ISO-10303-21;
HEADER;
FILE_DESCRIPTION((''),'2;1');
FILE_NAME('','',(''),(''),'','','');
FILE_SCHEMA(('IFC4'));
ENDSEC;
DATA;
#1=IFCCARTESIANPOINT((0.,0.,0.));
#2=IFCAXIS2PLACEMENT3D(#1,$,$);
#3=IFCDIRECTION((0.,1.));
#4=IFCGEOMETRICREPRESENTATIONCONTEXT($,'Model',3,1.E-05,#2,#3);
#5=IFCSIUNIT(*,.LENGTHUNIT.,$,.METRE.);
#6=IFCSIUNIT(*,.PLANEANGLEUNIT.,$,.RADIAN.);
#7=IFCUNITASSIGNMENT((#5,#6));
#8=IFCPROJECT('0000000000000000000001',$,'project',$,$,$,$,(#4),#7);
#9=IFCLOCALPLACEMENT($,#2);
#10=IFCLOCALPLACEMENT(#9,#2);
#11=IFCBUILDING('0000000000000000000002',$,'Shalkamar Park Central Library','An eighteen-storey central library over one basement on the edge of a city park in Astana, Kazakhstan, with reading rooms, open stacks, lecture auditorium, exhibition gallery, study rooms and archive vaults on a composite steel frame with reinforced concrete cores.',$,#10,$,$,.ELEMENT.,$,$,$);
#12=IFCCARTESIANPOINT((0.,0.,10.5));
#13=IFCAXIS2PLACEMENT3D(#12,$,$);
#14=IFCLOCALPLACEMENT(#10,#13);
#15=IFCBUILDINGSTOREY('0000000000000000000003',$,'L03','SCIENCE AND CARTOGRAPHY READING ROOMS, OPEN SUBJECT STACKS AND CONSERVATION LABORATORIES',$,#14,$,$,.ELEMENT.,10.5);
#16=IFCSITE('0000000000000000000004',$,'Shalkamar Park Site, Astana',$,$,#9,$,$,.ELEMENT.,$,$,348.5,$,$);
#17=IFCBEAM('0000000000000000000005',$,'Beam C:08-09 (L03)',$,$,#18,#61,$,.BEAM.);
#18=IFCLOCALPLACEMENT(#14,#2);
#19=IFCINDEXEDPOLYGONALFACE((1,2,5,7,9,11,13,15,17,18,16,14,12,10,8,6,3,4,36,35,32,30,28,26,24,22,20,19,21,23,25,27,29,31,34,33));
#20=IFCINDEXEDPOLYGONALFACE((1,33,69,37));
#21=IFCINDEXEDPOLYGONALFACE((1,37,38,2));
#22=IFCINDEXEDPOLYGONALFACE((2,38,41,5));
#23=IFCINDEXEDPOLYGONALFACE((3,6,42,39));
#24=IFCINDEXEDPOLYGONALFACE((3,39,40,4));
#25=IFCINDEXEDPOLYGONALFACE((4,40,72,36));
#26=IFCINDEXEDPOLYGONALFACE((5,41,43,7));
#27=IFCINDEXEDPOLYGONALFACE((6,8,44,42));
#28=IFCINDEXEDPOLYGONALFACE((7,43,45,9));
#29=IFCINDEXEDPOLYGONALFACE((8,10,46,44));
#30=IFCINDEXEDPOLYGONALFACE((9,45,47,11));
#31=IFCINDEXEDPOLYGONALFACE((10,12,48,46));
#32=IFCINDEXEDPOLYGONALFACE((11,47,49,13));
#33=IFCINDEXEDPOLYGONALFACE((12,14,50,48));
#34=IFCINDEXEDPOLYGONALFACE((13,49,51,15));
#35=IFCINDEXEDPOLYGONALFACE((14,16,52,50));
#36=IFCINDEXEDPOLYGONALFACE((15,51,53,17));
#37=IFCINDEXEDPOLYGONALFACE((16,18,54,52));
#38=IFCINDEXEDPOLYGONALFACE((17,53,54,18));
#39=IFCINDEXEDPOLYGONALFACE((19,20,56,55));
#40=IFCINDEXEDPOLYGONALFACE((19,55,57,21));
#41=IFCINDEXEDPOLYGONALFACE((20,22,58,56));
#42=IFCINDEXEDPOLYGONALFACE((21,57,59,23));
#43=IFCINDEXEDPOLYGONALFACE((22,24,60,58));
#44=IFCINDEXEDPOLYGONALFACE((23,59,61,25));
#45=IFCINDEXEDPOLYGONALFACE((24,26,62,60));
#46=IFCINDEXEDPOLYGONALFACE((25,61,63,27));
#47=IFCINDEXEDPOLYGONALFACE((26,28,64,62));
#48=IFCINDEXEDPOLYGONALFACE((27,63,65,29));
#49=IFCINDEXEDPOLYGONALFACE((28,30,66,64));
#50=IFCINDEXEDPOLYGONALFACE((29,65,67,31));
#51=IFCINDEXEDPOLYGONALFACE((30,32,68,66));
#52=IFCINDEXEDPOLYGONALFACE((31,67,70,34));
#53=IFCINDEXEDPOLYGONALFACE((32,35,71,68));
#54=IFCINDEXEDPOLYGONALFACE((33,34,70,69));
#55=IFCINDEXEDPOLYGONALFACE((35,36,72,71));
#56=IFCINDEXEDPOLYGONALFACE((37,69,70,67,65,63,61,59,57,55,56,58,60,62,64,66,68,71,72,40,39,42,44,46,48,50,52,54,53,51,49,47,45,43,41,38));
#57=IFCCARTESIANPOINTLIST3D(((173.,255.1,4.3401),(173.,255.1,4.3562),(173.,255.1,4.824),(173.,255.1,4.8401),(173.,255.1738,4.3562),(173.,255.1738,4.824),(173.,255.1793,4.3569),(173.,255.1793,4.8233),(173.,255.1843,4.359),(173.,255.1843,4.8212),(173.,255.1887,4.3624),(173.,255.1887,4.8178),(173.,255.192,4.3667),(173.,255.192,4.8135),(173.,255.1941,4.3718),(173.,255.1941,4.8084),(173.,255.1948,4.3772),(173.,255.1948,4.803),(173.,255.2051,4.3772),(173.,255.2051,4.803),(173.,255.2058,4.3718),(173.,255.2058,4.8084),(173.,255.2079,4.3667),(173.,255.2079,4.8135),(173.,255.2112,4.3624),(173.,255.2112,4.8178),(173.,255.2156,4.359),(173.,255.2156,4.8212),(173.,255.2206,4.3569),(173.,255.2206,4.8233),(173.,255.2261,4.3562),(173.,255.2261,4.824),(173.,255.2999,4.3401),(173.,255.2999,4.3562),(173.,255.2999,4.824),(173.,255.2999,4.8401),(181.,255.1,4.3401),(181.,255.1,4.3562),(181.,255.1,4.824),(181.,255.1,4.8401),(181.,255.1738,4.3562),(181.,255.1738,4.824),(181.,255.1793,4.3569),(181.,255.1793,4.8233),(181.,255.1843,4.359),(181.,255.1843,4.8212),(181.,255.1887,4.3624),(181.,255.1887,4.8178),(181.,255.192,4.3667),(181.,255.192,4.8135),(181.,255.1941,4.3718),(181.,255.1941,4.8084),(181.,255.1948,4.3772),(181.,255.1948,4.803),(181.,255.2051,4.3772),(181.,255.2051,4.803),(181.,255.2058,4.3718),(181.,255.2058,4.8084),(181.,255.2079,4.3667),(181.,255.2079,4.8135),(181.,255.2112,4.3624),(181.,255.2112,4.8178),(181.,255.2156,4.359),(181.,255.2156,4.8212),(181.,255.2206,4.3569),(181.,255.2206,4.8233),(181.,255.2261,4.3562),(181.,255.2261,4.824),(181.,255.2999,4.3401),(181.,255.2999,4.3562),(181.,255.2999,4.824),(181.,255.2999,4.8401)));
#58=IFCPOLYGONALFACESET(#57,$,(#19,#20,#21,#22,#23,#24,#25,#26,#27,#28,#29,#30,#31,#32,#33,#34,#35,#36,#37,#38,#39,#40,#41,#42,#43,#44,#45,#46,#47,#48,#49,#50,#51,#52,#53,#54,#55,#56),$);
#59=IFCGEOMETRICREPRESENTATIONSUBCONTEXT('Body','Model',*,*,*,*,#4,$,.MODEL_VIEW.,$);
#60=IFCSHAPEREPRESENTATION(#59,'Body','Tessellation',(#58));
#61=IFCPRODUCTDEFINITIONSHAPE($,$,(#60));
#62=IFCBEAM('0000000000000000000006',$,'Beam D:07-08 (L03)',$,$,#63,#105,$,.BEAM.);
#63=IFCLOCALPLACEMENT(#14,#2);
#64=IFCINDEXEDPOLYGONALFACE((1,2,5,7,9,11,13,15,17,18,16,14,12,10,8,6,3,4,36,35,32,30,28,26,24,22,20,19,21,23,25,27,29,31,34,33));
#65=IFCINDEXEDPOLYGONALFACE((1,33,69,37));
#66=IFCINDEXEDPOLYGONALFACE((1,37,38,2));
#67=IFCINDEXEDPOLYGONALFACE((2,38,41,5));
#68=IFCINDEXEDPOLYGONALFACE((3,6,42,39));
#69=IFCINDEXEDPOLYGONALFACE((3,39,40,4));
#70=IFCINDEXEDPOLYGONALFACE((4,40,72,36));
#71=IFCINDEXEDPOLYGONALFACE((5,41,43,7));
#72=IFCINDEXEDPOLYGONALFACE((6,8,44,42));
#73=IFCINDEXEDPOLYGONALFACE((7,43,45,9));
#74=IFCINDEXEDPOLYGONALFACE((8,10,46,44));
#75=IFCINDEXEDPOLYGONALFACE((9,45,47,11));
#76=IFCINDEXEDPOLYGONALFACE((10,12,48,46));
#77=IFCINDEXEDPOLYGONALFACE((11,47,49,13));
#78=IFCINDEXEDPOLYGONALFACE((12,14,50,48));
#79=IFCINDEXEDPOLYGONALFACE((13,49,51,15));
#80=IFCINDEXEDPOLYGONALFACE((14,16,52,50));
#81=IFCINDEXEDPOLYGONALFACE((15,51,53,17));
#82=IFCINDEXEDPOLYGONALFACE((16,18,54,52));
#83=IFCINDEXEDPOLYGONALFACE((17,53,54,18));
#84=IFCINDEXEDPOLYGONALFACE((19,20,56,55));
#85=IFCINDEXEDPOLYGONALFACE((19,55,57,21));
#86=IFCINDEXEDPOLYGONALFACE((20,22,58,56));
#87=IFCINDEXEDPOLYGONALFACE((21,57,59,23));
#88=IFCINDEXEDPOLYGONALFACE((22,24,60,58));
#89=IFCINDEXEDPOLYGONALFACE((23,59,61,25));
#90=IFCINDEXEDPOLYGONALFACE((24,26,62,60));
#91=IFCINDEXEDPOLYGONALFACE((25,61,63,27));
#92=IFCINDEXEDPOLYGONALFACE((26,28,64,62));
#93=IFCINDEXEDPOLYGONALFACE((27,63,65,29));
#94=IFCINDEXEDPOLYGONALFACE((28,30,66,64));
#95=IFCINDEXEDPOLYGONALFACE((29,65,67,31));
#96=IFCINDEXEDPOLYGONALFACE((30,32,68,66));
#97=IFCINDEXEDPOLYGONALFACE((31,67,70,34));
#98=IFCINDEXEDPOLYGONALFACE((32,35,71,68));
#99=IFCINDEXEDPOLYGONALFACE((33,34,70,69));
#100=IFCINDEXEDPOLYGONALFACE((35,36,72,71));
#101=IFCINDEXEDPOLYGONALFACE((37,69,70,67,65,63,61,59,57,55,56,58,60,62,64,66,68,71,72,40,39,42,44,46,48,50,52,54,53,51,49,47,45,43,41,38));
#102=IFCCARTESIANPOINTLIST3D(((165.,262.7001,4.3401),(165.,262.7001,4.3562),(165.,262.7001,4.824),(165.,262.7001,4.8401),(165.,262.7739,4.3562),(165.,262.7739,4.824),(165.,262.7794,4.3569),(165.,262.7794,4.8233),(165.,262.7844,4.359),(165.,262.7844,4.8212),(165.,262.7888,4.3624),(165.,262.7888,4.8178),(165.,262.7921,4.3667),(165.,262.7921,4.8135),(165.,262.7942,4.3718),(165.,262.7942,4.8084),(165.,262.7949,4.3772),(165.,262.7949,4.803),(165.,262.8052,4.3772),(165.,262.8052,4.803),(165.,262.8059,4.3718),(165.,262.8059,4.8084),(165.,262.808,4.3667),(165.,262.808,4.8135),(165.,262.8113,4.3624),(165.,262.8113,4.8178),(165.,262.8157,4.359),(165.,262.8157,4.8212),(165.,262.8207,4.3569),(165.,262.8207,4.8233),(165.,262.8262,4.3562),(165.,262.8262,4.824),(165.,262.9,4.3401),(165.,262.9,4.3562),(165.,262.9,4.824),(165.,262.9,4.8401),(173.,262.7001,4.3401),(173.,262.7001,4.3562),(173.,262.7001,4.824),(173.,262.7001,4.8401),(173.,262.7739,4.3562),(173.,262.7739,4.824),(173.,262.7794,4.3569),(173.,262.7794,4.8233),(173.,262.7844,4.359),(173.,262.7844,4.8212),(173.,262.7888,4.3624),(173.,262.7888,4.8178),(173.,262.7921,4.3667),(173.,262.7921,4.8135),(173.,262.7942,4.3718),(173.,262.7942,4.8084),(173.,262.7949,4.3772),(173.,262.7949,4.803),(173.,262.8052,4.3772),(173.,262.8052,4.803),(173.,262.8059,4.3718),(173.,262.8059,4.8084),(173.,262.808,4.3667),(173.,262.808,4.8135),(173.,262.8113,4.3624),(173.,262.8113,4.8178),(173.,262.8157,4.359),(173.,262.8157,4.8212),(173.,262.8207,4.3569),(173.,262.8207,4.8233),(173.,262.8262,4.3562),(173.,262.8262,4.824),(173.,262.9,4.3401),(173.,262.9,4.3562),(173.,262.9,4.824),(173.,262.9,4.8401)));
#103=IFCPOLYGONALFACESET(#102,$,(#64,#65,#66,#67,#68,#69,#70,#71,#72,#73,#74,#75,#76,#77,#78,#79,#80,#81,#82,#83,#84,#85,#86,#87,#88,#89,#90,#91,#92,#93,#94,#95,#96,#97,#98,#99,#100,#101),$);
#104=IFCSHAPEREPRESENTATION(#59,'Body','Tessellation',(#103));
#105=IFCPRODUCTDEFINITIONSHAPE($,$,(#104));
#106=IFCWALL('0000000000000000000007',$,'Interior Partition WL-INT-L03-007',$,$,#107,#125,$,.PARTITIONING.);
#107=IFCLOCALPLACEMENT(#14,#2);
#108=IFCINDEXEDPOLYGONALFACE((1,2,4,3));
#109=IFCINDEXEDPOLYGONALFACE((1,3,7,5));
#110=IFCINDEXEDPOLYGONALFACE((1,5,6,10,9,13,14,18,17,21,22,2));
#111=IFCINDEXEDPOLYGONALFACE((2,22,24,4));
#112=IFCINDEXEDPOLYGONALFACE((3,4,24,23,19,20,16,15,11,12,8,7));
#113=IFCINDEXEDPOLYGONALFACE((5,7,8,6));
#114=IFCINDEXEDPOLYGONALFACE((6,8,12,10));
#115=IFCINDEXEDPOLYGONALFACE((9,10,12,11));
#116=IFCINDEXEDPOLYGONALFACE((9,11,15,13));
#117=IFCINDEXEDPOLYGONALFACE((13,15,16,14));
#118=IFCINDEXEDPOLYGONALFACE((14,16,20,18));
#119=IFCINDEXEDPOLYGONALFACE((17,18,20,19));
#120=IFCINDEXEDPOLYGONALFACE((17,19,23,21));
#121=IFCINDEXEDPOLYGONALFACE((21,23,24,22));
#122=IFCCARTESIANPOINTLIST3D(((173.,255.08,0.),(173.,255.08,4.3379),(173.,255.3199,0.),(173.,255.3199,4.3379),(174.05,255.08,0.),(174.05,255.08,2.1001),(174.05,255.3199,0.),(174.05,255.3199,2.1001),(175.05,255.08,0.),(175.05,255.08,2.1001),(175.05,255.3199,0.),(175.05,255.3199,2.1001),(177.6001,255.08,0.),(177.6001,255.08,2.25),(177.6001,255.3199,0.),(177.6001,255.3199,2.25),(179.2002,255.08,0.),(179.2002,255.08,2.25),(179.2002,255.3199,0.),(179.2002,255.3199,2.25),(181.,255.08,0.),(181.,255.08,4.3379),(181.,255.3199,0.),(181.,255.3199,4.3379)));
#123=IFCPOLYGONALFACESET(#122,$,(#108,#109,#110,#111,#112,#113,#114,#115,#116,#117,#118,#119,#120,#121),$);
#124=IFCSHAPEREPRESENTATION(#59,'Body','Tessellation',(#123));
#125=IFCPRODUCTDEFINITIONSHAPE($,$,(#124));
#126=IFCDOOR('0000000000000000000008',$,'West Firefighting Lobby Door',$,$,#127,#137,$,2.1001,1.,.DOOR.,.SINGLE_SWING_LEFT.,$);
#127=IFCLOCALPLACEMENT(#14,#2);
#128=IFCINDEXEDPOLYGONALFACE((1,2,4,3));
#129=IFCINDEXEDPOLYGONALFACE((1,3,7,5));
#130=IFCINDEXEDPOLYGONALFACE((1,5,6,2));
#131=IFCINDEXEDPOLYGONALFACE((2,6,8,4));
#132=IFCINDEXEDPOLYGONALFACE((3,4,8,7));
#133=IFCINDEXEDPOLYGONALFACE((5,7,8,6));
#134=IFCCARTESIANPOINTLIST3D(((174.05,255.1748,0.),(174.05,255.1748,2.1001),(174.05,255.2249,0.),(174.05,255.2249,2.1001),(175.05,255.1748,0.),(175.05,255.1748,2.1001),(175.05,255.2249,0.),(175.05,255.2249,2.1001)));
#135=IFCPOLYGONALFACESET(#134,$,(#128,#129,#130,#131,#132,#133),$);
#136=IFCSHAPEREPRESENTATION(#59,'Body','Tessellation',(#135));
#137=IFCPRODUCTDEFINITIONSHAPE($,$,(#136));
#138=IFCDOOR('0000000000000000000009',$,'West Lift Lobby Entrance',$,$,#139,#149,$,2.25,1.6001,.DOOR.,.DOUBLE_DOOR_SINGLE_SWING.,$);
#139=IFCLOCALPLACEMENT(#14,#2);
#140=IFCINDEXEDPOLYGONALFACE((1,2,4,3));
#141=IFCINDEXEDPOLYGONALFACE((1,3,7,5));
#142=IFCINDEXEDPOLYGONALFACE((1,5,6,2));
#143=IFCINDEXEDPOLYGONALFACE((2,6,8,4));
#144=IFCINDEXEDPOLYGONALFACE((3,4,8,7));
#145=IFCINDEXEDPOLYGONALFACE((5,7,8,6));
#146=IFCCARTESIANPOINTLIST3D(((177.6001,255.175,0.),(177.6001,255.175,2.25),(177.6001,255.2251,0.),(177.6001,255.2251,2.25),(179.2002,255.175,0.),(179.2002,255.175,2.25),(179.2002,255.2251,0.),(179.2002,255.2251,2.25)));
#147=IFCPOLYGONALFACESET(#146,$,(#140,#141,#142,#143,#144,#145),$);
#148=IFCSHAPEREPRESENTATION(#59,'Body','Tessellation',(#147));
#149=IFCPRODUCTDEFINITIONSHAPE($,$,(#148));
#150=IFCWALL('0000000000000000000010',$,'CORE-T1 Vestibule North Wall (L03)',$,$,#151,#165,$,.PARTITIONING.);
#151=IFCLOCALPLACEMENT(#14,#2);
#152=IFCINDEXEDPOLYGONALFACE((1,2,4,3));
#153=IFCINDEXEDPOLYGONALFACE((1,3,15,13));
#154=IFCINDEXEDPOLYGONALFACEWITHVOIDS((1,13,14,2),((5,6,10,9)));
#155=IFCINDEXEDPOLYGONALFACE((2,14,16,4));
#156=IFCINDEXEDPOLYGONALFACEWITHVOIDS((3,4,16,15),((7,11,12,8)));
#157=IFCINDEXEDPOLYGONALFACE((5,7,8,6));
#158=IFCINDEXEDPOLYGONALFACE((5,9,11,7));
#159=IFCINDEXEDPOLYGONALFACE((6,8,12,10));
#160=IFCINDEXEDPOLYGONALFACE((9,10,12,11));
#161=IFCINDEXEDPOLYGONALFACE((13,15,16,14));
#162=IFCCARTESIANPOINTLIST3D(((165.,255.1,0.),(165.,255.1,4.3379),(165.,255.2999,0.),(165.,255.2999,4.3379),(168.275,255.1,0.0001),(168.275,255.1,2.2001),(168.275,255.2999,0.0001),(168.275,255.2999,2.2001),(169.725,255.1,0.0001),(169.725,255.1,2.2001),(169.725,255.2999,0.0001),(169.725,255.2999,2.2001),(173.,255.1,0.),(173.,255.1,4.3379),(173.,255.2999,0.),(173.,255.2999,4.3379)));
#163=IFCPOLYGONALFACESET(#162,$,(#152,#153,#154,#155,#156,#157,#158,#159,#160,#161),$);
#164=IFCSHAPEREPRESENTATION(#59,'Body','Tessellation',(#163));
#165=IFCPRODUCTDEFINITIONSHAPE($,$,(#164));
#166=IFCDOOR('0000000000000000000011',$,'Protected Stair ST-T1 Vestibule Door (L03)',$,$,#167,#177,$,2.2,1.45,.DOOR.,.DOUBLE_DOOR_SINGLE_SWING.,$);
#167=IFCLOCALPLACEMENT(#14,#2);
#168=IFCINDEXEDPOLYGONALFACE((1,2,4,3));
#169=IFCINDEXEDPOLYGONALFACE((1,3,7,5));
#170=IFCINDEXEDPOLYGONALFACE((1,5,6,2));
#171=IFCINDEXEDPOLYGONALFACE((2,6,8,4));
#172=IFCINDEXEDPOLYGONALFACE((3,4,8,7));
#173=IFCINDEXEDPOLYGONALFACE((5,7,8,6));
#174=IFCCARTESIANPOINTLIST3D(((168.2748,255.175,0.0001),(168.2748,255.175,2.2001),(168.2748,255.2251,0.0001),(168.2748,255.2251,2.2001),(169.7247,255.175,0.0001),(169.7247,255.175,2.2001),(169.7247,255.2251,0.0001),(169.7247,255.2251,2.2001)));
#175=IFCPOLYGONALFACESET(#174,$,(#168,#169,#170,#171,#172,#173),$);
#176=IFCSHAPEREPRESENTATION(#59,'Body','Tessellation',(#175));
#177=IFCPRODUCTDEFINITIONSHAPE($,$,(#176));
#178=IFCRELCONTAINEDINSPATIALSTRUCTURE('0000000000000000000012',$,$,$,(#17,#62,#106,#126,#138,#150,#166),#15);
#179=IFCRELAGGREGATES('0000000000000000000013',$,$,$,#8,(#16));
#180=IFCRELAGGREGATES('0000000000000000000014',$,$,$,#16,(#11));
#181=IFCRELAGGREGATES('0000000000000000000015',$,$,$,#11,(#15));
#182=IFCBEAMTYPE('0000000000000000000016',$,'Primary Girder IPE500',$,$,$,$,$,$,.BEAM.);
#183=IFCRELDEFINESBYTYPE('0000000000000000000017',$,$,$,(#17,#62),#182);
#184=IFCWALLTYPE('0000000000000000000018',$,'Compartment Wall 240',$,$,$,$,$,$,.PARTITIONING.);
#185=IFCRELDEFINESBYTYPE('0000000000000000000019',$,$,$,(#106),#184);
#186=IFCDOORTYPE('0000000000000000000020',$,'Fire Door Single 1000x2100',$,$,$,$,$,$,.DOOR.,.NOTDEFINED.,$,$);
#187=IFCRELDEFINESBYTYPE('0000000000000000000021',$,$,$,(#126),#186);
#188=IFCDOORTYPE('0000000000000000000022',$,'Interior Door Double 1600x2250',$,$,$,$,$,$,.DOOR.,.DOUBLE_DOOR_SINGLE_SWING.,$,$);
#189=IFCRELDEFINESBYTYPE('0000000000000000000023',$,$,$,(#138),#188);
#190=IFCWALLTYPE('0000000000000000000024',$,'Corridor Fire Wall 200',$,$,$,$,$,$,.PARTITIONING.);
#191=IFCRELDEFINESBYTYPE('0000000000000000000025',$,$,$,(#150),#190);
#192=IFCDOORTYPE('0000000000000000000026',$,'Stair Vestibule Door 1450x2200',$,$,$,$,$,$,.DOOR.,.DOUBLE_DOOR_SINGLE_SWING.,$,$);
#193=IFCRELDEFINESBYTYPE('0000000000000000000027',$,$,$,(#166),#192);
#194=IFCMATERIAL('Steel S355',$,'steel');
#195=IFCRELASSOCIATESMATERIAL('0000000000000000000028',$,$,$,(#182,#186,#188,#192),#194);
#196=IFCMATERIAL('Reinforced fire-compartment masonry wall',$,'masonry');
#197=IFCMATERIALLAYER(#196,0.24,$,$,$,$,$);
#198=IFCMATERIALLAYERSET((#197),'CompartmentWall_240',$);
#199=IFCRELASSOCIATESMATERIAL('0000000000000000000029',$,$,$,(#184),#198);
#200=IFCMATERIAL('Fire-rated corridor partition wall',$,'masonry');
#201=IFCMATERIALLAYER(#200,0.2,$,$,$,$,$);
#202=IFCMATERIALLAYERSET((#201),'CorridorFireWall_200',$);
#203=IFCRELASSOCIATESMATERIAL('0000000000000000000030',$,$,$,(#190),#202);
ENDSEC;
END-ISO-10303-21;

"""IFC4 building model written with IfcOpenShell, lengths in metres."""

from ifc_helpers import new_model, si_unit, direction, frame, frame_2d, origin, origin_2d, place, context, subcontext, project, spatial, rectangle, i_section, extrude, material, layer, layer_set, material_profile, profile_set, type_object, element, fill, save


model = new_model("IFC4")

# Units and contexts
model_context = context("Model", 3, precision=1e-05, world=origin(), true_north=direction((0.0, 1.0)))
body_context = subcontext(model_context, "Body", "Model", "MODEL_VIEW")
ifc_project = project(units=[si_unit("LENGTHUNIT", "METRE"), si_unit("PLANEANGLEUNIT", "RADIAN")], contexts=[model_context])

# Site, building, storey
site_placement = place(None, origin())
site = spatial("IfcSite", under=ifc_project, at=site_placement, Name="Shalkamar Park Site, Astana", CompositionType="ELEMENT", RefElevation=348.5)
building_placement = place(site_placement, origin())
building = spatial("IfcBuilding", under=site, at=building_placement, Name="Shalkamar Park Central Library", Description="An eighteen-storey central library over one basement on the edge of a city park in Astana, Kazakhstan, with reading rooms, open stacks, lecture auditorium, exhibition gallery, study rooms and archive vaults on a composite steel frame with reinforced concrete cores.", CompositionType="ELEMENT")
storey_placement = place(building_placement, frame((0.0, 0.0, 10.5)))
storey = spatial("IfcBuildingStorey", under=building, at=storey_placement, Name="L03", Description="SCIENCE AND CARTOGRAPHY READING ROOMS, OPEN SUBJECT STACKS AND CONSERVATION LABORATORIES", CompositionType="ELEMENT", Elevation=10.5)

# Shared definitions
ifc_material_1 = material(Name="Steel S355", Category="steel")

# Beams
ifc_material_profile_1 = material_profile(ifc_material_1, i_section(OverallWidth=0.2, OverallDepth=0.5, WebThickness=0.0103, FlangeThickness=0.0161, FilletRadius=0.021, at=origin_2d()), Name="IPE 500")
ifc_profile_set_1 = profile_set([ifc_material_profile_1], Name="Steel S355")
beam_type_1 = type_object("IfcBeamType", Name="Primary Girder IPE500", PredefinedType="BEAM", material=ifc_profile_set_1)
for number, where, z_axis, x_axis, name in (
    (1, (173.0, 255.2, 4.5901), (1.0, 0.0, 0.0), (0.0, 1.0, 0.0), "Beam C:08-09 (L03)"),
    (2, (165.0, 262.8, 4.5901), (1.0, 0.0, 0.0), (0.0, 1.0, 0.0), "Beam D:07-08 (L03)"),
):
    element("IfcBeam", number, at=place(storey_placement, frame(where, z_axis=z_axis, x_axis=x_axis)), inside=storey, type_object=beam_type_1, Name=name, PredefinedType="BEAM", context=body_context, shape_type="SweptSolid", body=[
        extrude(i_section(OverallWidth=0.2, OverallDepth=0.5, WebThickness=0.0103, FlangeThickness=0.0161, FilletRadius=0.021, at=origin_2d()), origin(), (0.0, 0.0, 1.0), 8.0),
    ])

# Wall, openings, doors
ifc_material_2 = material(Name="Reinforced fire-compartment masonry wall", Category="masonry")
ifc_layer_1 = layer(ifc_material_2, 0.24)
ifc_layer_set_1 = layer_set([ifc_layer_1], Name="CompartmentWall_240")
wall_type_1 = type_object("IfcWallType", Name="Compartment Wall 240", PredefinedType="PARTITIONING", material=ifc_layer_set_1)
wall_1_placement = place(storey_placement, frame((173.0, 255.2, 0.0), z_axis=(0.0, 0.0, 1.0), x_axis=(1.0, 0.0, 0.0)))
wall_1 = element("IfcWall", 3, at=wall_1_placement, inside=storey, type_object=wall_type_1, Name="Interior Partition WL-INT-L03-007", PredefinedType="PARTITIONING", context=body_context, shape_type="SweptSolid", body=[
    extrude(rectangle(XDim=8.0, YDim=0.24, at=frame_2d((4.0, 0.0))), origin(), (0.0, 0.0, 1.0), 4.3379),
])
opening_1_placement = place(wall_1_placement, frame((1.05, 0.0, 0.0)))
opening_1 = element("IfcOpeningElement", 4, at=opening_1_placement, cuts=wall_1, PredefinedType="OPENING", context=body_context, shape_type="SweptSolid", body=[
    extrude(rectangle(XDim=1.0, YDim=2.1001, at=frame_2d((0.5, 1.05))), frame((0.0, 0.1348, 0.0), z_axis=(0.0, -1.0, 0.0), x_axis=(1.0, 0.0, 0.0)), (0.0, 0.0, 1.0), 0.2698),
])
opening_2_placement = place(wall_1_placement, frame((4.6001, 0.0, 0.0)))
opening_2 = element("IfcOpeningElement", 5, at=opening_2_placement, cuts=wall_1, PredefinedType="OPENING", context=body_context, shape_type="SweptSolid", body=[
    extrude(rectangle(XDim=1.6001, YDim=2.25, at=frame_2d((0.8, 1.125))), frame((0.0, 0.1348, 0.0), z_axis=(0.0, -1.0, 0.0), x_axis=(1.0, 0.0, 0.0)), (0.0, 0.0, 1.0), 0.2698),
])
door_type_1 = type_object("IfcDoorType", Name="Fire Door Single 1000x2100", OperationType="NOTDEFINED", PredefinedType="DOOR", material=ifc_material_1)
door_1_placement = place(opening_1_placement, origin())
door_1 = element("IfcDoor", 6, at=door_1_placement, inside=storey, type_object=door_type_1, Name="West Firefighting Lobby Door", OperationType="SINGLE_SWING_LEFT", OverallHeight=2.1001, OverallWidth=1.0, PredefinedType="DOOR", context=body_context, shape_type="SweptSolid", body=[
    extrude(rectangle(XDim=1.0, YDim=2.1001, at=frame_2d((0.5, 1.05))), frame((0.0, 0.0249, 0.0), z_axis=(0.0, -1.0, 0.0), x_axis=(1.0, 0.0, 0.0)), (0.0, 0.0, 1.0), 0.05),
])
fill(opening_1, door_1)
door_type_2 = type_object("IfcDoorType", Name="Interior Door Double 1600x2250", OperationType="DOUBLE_DOOR_SINGLE_SWING", PredefinedType="DOOR", material=ifc_material_1)
door_2_placement = place(opening_2_placement, frame((1.6001, 0.0, 0.0), z_axis=(0.0, 0.0, 1.0), x_axis=(-1.0, 0.0, 0.0)))
door_2 = element("IfcDoor", 7, at=door_2_placement, inside=storey, type_object=door_type_2, Name="West Lift Lobby Entrance", OperationType="DOUBLE_DOOR_SINGLE_SWING", OverallHeight=2.25, OverallWidth=1.6001, PredefinedType="DOOR", context=body_context, shape_type="SweptSolid", body=[
    extrude(rectangle(XDim=1.6001, YDim=2.25, at=frame_2d((0.8, 1.125))), frame((0.0, 0.0249, 0.0), z_axis=(0.0, -1.0, 0.0), x_axis=(1.0, 0.0, 0.0)), (0.0, 0.0, 1.0), 0.05),
])
fill(opening_2, door_2)

# Wall, opening, door
ifc_material_3 = material(Name="Fire-rated corridor partition wall", Category="masonry")
ifc_layer_2 = layer(ifc_material_3, 0.2)
ifc_layer_set_2 = layer_set([ifc_layer_2], Name="CorridorFireWall_200")
wall_type_2 = type_object("IfcWallType", Name="Corridor Fire Wall 200", PredefinedType="PARTITIONING", material=ifc_layer_set_2)
wall_2_placement = place(storey_placement, frame((165.0, 255.2, 0.0), z_axis=(0.0, 0.0, 1.0), x_axis=(1.0, 0.0, 0.0)))
wall_2 = element("IfcWall", 8, at=wall_2_placement, inside=storey, type_object=wall_type_2, Name="CORE-T1 Vestibule North Wall (L03)", PredefinedType="PARTITIONING", context=body_context, shape_type="SweptSolid", body=[
    extrude(rectangle(XDim=8.0, YDim=0.2, at=frame_2d((4.0, 0.0))), origin(), (0.0, 0.0, 1.0), 4.3379),
])
opening_3_placement = place(wall_2_placement, frame((3.2749, 0.0, 0.0)))
opening_3 = element("IfcOpeningElement", 9, at=opening_3_placement, cuts=wall_2, PredefinedType="OPENING", context=body_context, shape_type="SweptSolid", body=[
    extrude(rectangle(XDim=1.45, YDim=2.2, at=frame_2d((0.7251, 1.1001))), frame((0.0, 0.1147, 0.0), z_axis=(0.0, -1.0, 0.0), x_axis=(1.0, 0.0, 0.0)), (0.0, 0.0, 1.0), 0.2297),
])
door_type_3 = type_object("IfcDoorType", Name="Stair Vestibule Door 1450x2200", OperationType="DOUBLE_DOOR_SINGLE_SWING", PredefinedType="DOOR", material=ifc_material_1)
door_3_placement = place(opening_3_placement, frame((1.45, 0.0, 0.0), z_axis=(0.0, 0.0, 1.0), x_axis=(-1.0, 0.0, 0.0)))
door_3 = element("IfcDoor", 10, at=door_3_placement, inside=storey, type_object=door_type_3, Name="Protected Stair ST-T1 Vestibule Door (L03)", OperationType="DOUBLE_DOOR_SINGLE_SWING", OverallHeight=2.2, OverallWidth=1.45, PredefinedType="DOOR", context=body_context, shape_type="SweptSolid", body=[
    extrude(rectangle(XDim=1.45, YDim=2.2, at=frame_2d((0.7251, 1.1001))), frame((0.0, 0.0249, 0.0), z_axis=(0.0, -1.0, 0.0), x_axis=(1.0, 0.0, 0.0)), (0.0, 0.0, 1.0), 0.05),
])
fill(opening_3, door_3)

save(model, "model.ifc")
